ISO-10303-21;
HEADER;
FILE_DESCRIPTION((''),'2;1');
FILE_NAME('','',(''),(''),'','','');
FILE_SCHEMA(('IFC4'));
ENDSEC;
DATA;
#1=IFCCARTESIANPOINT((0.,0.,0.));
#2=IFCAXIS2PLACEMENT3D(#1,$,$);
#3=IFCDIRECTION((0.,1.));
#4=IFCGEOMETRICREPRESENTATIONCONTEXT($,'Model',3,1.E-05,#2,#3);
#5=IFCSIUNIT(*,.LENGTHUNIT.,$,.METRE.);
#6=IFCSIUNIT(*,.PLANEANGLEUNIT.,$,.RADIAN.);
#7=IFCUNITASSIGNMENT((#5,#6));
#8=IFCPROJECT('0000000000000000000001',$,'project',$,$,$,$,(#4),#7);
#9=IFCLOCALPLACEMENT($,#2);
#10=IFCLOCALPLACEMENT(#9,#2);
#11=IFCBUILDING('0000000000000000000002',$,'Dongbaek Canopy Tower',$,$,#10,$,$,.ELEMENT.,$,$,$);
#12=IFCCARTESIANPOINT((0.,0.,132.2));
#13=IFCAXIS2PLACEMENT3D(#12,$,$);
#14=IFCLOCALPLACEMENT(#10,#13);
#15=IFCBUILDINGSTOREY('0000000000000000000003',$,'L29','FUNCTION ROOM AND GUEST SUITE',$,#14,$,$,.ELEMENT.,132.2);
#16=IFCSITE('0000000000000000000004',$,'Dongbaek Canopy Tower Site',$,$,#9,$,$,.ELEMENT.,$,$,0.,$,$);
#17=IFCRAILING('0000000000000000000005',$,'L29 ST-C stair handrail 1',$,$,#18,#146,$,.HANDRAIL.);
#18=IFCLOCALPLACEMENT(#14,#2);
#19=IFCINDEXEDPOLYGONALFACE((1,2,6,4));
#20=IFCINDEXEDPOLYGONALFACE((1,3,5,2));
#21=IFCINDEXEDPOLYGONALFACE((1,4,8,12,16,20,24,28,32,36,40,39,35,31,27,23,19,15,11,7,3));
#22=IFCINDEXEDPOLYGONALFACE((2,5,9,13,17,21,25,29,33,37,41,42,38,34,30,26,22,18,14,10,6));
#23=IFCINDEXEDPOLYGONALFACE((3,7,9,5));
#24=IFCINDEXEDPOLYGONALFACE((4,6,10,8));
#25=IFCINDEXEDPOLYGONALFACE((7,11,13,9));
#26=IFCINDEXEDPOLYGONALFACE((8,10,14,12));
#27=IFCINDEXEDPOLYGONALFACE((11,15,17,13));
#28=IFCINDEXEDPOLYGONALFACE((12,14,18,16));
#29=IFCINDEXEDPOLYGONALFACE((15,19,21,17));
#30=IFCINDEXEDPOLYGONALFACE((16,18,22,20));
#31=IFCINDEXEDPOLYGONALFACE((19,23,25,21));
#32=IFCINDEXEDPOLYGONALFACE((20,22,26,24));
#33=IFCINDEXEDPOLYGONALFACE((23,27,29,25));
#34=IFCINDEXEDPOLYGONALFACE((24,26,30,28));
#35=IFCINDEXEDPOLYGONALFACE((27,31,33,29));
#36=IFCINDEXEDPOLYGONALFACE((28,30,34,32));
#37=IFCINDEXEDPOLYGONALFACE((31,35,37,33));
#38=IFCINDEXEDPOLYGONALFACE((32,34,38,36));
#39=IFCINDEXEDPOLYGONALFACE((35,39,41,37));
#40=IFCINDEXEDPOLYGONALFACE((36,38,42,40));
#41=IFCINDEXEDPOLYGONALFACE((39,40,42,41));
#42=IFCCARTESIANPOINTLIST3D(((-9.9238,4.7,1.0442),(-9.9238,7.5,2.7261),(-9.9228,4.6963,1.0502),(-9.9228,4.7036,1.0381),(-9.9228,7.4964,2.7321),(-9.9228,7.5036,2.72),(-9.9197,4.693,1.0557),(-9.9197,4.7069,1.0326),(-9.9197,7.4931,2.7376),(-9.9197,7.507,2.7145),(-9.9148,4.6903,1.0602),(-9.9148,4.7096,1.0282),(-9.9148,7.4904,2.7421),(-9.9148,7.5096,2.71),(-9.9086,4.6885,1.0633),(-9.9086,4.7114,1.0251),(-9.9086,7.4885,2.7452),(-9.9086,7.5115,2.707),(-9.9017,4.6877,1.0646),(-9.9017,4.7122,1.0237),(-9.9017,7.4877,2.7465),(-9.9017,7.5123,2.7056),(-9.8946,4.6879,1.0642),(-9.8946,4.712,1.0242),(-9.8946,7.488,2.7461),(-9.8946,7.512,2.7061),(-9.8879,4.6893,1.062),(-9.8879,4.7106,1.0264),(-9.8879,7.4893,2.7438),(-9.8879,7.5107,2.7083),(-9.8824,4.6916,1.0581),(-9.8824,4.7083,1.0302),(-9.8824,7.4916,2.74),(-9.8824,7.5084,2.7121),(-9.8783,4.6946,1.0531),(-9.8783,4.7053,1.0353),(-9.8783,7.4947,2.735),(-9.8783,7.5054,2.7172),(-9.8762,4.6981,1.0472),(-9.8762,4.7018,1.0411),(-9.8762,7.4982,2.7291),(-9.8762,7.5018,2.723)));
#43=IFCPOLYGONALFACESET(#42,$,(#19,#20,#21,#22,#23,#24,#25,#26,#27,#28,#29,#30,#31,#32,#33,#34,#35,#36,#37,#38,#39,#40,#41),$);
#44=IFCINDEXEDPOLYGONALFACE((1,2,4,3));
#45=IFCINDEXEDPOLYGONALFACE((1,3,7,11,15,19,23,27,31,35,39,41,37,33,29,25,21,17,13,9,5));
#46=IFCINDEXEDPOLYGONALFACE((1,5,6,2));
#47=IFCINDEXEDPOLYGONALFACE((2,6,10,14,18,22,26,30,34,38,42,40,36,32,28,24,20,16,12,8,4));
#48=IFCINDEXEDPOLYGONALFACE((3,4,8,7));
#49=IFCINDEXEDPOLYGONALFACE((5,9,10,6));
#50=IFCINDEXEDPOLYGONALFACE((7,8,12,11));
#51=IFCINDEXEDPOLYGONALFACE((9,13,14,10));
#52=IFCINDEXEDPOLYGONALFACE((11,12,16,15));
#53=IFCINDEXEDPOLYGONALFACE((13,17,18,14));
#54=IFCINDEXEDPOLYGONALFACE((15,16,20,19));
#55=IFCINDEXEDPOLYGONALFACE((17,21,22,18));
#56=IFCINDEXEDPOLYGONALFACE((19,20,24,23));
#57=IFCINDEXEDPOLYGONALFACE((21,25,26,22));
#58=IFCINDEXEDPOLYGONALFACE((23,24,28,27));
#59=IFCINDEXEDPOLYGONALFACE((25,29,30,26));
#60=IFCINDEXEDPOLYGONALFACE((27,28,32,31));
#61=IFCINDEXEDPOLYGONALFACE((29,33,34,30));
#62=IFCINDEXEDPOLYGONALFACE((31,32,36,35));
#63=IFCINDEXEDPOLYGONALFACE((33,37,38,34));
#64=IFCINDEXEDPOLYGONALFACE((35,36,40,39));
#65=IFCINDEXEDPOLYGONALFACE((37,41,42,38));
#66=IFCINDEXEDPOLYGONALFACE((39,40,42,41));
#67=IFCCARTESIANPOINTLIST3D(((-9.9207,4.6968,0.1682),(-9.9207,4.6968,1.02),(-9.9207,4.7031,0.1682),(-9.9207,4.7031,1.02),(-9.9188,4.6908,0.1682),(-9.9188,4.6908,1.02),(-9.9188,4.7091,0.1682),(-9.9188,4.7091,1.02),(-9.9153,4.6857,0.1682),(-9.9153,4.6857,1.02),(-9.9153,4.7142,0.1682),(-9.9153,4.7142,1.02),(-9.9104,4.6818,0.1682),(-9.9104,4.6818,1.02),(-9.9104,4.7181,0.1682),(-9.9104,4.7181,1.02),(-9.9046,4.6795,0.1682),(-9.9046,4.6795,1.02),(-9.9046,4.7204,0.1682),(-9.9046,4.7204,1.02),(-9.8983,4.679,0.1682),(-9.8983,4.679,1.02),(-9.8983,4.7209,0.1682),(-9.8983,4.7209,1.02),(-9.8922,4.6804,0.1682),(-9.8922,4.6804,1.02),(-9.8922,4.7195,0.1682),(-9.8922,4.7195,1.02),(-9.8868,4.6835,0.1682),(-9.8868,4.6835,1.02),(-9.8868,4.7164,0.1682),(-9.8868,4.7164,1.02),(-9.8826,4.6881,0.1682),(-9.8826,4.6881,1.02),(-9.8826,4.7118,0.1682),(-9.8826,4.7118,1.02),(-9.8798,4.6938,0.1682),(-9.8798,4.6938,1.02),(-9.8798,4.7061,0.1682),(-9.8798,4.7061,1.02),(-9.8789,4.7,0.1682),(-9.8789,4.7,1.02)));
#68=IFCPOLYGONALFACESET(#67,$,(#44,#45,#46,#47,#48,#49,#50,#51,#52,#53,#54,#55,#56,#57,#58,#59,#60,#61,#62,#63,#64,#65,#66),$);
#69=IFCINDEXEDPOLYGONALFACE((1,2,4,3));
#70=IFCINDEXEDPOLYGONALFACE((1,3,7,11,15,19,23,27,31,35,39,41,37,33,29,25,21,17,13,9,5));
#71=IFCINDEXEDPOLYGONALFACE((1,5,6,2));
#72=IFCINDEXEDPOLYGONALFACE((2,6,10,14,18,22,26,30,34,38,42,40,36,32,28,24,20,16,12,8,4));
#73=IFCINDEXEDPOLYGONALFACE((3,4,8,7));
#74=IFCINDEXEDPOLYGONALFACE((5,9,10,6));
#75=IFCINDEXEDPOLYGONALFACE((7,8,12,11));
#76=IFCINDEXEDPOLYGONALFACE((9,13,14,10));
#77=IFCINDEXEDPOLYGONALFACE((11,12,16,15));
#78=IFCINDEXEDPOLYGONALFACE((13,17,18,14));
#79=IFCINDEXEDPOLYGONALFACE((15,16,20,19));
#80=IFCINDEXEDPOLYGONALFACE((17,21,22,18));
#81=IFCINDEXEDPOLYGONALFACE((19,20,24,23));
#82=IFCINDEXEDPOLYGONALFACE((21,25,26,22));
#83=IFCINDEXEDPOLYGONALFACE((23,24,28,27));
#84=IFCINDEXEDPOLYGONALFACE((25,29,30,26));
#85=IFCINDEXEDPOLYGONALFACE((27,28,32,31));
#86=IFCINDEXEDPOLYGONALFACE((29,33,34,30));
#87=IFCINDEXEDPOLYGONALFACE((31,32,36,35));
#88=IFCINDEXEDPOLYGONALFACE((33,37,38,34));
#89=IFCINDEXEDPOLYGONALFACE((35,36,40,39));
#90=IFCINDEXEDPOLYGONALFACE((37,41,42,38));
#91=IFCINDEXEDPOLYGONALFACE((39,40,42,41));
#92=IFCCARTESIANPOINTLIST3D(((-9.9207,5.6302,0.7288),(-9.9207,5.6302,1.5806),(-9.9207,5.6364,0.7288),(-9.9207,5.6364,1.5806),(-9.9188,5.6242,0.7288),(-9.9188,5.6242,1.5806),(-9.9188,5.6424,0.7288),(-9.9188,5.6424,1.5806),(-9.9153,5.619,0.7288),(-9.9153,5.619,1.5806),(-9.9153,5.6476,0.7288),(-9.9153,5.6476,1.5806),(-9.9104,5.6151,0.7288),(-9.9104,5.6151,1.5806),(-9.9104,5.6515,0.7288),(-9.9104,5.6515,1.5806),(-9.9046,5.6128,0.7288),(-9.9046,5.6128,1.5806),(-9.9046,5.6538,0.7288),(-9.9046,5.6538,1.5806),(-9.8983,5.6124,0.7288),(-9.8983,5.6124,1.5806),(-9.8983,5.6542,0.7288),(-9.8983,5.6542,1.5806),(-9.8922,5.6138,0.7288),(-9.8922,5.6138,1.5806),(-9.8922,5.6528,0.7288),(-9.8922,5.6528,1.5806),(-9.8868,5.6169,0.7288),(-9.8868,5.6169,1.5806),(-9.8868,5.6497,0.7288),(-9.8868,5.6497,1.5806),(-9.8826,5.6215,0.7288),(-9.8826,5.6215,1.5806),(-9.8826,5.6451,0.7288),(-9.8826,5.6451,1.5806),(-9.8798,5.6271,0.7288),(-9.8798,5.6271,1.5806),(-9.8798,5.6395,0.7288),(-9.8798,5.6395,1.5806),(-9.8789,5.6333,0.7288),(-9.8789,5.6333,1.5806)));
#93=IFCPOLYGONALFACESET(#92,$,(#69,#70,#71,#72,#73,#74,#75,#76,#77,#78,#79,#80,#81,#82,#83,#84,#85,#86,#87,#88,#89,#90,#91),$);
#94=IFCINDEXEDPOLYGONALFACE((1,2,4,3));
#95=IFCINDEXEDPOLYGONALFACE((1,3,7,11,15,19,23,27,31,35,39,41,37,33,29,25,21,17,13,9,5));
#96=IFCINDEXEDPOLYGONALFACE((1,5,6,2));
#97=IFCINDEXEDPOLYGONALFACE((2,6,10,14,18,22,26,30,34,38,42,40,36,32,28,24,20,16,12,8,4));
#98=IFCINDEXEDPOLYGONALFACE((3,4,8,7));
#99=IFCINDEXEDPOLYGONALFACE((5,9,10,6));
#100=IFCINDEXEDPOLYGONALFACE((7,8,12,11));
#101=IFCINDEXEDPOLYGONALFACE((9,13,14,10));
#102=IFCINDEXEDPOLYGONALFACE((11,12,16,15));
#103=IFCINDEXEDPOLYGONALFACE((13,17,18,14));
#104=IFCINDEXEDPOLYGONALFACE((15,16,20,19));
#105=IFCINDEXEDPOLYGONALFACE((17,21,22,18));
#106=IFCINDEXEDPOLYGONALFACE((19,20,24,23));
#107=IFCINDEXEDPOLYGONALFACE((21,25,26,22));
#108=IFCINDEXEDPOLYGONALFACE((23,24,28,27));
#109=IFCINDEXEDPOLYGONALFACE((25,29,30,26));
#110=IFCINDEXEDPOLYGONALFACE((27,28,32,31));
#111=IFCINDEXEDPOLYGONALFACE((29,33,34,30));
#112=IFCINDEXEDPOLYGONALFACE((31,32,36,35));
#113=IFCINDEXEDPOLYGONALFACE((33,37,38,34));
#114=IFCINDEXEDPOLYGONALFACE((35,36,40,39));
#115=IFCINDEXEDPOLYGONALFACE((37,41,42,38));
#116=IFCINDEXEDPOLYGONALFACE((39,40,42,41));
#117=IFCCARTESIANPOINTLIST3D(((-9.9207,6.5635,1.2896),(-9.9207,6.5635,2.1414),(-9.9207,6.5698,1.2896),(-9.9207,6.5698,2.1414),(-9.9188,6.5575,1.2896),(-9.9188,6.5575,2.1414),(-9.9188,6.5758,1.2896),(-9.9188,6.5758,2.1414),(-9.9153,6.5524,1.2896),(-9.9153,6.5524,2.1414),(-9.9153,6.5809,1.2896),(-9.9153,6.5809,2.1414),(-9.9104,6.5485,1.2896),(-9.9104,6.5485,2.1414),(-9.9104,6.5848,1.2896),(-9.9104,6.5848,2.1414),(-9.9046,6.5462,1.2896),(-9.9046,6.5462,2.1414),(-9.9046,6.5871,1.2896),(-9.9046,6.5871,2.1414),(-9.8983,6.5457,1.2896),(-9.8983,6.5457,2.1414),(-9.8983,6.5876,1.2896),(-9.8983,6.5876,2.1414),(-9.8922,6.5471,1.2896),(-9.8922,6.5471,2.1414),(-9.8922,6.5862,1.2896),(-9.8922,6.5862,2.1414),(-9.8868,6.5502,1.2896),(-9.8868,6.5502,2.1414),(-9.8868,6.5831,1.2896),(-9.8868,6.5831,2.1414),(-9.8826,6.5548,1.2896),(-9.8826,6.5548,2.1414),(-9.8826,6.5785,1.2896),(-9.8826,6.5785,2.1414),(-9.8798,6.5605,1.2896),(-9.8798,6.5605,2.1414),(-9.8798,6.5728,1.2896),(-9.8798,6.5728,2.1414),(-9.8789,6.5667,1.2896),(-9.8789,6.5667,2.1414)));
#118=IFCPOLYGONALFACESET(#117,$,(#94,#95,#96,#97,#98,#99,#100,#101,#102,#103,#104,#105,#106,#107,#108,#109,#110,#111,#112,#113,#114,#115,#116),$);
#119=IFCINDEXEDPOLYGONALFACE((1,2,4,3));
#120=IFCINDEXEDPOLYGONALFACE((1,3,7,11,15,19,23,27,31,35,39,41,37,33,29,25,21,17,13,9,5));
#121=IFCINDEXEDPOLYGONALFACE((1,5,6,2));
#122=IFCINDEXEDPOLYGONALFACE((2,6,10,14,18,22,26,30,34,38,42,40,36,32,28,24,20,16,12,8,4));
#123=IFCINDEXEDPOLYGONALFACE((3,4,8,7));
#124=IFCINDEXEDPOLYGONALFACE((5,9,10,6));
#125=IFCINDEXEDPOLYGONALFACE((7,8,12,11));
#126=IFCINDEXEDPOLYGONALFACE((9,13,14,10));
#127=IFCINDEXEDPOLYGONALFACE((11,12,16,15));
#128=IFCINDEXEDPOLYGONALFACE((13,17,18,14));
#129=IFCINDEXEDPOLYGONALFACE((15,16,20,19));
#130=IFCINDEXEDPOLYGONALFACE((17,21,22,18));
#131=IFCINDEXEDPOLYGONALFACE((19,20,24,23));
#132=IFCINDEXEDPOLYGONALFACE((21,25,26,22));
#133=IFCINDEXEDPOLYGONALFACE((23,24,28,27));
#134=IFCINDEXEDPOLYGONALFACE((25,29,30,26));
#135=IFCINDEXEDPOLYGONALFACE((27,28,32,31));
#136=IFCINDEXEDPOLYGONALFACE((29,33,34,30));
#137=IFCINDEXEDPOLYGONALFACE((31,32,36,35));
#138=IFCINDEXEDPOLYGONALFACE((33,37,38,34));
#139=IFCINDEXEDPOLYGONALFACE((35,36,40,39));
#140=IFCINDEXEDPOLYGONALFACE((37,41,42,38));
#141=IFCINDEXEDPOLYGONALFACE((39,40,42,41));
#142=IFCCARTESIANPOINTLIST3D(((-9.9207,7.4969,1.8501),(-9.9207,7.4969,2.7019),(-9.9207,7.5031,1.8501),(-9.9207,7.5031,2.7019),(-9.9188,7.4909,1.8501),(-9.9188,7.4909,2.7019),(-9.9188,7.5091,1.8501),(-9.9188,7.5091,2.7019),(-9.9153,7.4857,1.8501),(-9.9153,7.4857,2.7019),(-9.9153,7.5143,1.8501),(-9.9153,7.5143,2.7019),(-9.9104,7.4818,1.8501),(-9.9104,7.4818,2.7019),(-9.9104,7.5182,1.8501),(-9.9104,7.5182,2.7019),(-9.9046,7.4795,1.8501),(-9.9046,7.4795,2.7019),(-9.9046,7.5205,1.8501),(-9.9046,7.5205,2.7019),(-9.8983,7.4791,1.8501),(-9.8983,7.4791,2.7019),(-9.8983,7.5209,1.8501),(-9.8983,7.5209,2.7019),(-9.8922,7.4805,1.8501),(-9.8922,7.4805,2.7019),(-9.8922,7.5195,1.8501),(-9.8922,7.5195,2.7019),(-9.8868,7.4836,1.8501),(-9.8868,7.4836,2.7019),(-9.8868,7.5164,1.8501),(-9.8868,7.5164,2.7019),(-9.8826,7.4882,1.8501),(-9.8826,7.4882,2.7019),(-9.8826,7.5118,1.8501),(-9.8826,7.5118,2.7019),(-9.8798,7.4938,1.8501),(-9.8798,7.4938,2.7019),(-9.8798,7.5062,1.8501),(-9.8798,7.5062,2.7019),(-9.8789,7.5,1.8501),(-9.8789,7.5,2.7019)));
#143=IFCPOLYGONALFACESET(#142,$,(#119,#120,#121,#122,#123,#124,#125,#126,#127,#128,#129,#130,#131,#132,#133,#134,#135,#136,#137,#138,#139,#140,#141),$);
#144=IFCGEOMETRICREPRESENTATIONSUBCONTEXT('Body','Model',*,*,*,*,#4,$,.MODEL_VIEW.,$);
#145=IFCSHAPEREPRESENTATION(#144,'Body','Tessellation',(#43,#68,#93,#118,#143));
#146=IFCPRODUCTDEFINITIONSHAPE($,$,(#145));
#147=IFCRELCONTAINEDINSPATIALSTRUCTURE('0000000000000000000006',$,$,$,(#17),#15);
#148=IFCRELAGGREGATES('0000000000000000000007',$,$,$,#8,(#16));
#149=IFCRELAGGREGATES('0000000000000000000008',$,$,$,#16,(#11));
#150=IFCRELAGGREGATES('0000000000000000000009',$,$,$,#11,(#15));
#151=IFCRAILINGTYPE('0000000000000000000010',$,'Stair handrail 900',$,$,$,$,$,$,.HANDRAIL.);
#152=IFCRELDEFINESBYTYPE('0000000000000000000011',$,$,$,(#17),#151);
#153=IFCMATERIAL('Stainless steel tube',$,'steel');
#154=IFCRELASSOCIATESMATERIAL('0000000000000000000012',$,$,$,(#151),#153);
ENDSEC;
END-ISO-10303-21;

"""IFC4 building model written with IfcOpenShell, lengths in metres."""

from ifc_helpers import new_model, si_unit, direction, frame, origin, origin_2d, place, context, subcontext, project, spatial, circle, extrude, material, type_object, element, save


model = new_model("IFC4")

# Units and contexts
model_context = context("Model", 3, precision=1e-05, world=origin(), true_north=direction((0.0, 1.0)))
body_context = subcontext(model_context, "Body", "Model", "MODEL_VIEW")
ifc_project = project(units=[si_unit("LENGTHUNIT", "METRE"), si_unit("PLANEANGLEUNIT", "RADIAN")], contexts=[model_context])

# Site, building, storey
site_placement = place(None, origin())
site = spatial("IfcSite", under=ifc_project, at=site_placement, Name="Dongbaek Canopy Tower Site", CompositionType="ELEMENT", RefElevation=0.0)
building_placement = place(site_placement, origin())
building = spatial("IfcBuilding", under=site, at=building_placement, Name="Dongbaek Canopy Tower", CompositionType="ELEMENT")
storey_placement = place(building_placement, frame((0.0, 0.0, 132.2)))
storey = spatial("IfcBuildingStorey", under=building, at=storey_placement, Name="L29", Description="FUNCTION ROOM AND GUEST SUITE", CompositionType="ELEMENT", Elevation=132.2)

# Railing
ifc_material_1 = material(Name="Stainless steel tube", Category="steel")
railing_type_1 = type_object("IfcRailingType", Name="Stair handrail 900", PredefinedType="HANDRAIL", material=ifc_material_1)
railing_1_placement = place(storey_placement, frame((-9.8999, 4.7, 0.1682)))
element("IfcRailing", 1, at=railing_1_placement, inside=storey, type_object=railing_type_1, Name="L29 ST-C stair handrail 1", PredefinedType="HANDRAIL", context=body_context, shape_type="SweptSolid", body=[
    extrude(circle(Radius=0.0239, at=origin_2d()), frame((0.0, 0.0, 0.876), z_axis=(0.0, 0.857242, 0.514913), x_axis=(-1.0, 0.0, 0.0)), (0.0, 0.0, 1.0), 3.2664),
    extrude(circle(Radius=0.021, at=origin_2d()), origin(), (0.0, 0.0, 1.0), 0.8518),
    extrude(circle(Radius=0.021, at=origin_2d()), frame((0.0, 0.9333, 0.5605)), (0.0, 0.0, 1.0), 0.8518),
    extrude(circle(Radius=0.021, at=origin_2d()), frame((0.0, 1.8667, 1.1213)), (0.0, 0.0, 1.0), 0.8518),
    extrude(circle(Radius=0.021, at=origin_2d()), frame((0.0, 2.8, 1.6819)), (0.0, 0.0, 1.0), 0.8518),
])

save(model, "model.ifc")
